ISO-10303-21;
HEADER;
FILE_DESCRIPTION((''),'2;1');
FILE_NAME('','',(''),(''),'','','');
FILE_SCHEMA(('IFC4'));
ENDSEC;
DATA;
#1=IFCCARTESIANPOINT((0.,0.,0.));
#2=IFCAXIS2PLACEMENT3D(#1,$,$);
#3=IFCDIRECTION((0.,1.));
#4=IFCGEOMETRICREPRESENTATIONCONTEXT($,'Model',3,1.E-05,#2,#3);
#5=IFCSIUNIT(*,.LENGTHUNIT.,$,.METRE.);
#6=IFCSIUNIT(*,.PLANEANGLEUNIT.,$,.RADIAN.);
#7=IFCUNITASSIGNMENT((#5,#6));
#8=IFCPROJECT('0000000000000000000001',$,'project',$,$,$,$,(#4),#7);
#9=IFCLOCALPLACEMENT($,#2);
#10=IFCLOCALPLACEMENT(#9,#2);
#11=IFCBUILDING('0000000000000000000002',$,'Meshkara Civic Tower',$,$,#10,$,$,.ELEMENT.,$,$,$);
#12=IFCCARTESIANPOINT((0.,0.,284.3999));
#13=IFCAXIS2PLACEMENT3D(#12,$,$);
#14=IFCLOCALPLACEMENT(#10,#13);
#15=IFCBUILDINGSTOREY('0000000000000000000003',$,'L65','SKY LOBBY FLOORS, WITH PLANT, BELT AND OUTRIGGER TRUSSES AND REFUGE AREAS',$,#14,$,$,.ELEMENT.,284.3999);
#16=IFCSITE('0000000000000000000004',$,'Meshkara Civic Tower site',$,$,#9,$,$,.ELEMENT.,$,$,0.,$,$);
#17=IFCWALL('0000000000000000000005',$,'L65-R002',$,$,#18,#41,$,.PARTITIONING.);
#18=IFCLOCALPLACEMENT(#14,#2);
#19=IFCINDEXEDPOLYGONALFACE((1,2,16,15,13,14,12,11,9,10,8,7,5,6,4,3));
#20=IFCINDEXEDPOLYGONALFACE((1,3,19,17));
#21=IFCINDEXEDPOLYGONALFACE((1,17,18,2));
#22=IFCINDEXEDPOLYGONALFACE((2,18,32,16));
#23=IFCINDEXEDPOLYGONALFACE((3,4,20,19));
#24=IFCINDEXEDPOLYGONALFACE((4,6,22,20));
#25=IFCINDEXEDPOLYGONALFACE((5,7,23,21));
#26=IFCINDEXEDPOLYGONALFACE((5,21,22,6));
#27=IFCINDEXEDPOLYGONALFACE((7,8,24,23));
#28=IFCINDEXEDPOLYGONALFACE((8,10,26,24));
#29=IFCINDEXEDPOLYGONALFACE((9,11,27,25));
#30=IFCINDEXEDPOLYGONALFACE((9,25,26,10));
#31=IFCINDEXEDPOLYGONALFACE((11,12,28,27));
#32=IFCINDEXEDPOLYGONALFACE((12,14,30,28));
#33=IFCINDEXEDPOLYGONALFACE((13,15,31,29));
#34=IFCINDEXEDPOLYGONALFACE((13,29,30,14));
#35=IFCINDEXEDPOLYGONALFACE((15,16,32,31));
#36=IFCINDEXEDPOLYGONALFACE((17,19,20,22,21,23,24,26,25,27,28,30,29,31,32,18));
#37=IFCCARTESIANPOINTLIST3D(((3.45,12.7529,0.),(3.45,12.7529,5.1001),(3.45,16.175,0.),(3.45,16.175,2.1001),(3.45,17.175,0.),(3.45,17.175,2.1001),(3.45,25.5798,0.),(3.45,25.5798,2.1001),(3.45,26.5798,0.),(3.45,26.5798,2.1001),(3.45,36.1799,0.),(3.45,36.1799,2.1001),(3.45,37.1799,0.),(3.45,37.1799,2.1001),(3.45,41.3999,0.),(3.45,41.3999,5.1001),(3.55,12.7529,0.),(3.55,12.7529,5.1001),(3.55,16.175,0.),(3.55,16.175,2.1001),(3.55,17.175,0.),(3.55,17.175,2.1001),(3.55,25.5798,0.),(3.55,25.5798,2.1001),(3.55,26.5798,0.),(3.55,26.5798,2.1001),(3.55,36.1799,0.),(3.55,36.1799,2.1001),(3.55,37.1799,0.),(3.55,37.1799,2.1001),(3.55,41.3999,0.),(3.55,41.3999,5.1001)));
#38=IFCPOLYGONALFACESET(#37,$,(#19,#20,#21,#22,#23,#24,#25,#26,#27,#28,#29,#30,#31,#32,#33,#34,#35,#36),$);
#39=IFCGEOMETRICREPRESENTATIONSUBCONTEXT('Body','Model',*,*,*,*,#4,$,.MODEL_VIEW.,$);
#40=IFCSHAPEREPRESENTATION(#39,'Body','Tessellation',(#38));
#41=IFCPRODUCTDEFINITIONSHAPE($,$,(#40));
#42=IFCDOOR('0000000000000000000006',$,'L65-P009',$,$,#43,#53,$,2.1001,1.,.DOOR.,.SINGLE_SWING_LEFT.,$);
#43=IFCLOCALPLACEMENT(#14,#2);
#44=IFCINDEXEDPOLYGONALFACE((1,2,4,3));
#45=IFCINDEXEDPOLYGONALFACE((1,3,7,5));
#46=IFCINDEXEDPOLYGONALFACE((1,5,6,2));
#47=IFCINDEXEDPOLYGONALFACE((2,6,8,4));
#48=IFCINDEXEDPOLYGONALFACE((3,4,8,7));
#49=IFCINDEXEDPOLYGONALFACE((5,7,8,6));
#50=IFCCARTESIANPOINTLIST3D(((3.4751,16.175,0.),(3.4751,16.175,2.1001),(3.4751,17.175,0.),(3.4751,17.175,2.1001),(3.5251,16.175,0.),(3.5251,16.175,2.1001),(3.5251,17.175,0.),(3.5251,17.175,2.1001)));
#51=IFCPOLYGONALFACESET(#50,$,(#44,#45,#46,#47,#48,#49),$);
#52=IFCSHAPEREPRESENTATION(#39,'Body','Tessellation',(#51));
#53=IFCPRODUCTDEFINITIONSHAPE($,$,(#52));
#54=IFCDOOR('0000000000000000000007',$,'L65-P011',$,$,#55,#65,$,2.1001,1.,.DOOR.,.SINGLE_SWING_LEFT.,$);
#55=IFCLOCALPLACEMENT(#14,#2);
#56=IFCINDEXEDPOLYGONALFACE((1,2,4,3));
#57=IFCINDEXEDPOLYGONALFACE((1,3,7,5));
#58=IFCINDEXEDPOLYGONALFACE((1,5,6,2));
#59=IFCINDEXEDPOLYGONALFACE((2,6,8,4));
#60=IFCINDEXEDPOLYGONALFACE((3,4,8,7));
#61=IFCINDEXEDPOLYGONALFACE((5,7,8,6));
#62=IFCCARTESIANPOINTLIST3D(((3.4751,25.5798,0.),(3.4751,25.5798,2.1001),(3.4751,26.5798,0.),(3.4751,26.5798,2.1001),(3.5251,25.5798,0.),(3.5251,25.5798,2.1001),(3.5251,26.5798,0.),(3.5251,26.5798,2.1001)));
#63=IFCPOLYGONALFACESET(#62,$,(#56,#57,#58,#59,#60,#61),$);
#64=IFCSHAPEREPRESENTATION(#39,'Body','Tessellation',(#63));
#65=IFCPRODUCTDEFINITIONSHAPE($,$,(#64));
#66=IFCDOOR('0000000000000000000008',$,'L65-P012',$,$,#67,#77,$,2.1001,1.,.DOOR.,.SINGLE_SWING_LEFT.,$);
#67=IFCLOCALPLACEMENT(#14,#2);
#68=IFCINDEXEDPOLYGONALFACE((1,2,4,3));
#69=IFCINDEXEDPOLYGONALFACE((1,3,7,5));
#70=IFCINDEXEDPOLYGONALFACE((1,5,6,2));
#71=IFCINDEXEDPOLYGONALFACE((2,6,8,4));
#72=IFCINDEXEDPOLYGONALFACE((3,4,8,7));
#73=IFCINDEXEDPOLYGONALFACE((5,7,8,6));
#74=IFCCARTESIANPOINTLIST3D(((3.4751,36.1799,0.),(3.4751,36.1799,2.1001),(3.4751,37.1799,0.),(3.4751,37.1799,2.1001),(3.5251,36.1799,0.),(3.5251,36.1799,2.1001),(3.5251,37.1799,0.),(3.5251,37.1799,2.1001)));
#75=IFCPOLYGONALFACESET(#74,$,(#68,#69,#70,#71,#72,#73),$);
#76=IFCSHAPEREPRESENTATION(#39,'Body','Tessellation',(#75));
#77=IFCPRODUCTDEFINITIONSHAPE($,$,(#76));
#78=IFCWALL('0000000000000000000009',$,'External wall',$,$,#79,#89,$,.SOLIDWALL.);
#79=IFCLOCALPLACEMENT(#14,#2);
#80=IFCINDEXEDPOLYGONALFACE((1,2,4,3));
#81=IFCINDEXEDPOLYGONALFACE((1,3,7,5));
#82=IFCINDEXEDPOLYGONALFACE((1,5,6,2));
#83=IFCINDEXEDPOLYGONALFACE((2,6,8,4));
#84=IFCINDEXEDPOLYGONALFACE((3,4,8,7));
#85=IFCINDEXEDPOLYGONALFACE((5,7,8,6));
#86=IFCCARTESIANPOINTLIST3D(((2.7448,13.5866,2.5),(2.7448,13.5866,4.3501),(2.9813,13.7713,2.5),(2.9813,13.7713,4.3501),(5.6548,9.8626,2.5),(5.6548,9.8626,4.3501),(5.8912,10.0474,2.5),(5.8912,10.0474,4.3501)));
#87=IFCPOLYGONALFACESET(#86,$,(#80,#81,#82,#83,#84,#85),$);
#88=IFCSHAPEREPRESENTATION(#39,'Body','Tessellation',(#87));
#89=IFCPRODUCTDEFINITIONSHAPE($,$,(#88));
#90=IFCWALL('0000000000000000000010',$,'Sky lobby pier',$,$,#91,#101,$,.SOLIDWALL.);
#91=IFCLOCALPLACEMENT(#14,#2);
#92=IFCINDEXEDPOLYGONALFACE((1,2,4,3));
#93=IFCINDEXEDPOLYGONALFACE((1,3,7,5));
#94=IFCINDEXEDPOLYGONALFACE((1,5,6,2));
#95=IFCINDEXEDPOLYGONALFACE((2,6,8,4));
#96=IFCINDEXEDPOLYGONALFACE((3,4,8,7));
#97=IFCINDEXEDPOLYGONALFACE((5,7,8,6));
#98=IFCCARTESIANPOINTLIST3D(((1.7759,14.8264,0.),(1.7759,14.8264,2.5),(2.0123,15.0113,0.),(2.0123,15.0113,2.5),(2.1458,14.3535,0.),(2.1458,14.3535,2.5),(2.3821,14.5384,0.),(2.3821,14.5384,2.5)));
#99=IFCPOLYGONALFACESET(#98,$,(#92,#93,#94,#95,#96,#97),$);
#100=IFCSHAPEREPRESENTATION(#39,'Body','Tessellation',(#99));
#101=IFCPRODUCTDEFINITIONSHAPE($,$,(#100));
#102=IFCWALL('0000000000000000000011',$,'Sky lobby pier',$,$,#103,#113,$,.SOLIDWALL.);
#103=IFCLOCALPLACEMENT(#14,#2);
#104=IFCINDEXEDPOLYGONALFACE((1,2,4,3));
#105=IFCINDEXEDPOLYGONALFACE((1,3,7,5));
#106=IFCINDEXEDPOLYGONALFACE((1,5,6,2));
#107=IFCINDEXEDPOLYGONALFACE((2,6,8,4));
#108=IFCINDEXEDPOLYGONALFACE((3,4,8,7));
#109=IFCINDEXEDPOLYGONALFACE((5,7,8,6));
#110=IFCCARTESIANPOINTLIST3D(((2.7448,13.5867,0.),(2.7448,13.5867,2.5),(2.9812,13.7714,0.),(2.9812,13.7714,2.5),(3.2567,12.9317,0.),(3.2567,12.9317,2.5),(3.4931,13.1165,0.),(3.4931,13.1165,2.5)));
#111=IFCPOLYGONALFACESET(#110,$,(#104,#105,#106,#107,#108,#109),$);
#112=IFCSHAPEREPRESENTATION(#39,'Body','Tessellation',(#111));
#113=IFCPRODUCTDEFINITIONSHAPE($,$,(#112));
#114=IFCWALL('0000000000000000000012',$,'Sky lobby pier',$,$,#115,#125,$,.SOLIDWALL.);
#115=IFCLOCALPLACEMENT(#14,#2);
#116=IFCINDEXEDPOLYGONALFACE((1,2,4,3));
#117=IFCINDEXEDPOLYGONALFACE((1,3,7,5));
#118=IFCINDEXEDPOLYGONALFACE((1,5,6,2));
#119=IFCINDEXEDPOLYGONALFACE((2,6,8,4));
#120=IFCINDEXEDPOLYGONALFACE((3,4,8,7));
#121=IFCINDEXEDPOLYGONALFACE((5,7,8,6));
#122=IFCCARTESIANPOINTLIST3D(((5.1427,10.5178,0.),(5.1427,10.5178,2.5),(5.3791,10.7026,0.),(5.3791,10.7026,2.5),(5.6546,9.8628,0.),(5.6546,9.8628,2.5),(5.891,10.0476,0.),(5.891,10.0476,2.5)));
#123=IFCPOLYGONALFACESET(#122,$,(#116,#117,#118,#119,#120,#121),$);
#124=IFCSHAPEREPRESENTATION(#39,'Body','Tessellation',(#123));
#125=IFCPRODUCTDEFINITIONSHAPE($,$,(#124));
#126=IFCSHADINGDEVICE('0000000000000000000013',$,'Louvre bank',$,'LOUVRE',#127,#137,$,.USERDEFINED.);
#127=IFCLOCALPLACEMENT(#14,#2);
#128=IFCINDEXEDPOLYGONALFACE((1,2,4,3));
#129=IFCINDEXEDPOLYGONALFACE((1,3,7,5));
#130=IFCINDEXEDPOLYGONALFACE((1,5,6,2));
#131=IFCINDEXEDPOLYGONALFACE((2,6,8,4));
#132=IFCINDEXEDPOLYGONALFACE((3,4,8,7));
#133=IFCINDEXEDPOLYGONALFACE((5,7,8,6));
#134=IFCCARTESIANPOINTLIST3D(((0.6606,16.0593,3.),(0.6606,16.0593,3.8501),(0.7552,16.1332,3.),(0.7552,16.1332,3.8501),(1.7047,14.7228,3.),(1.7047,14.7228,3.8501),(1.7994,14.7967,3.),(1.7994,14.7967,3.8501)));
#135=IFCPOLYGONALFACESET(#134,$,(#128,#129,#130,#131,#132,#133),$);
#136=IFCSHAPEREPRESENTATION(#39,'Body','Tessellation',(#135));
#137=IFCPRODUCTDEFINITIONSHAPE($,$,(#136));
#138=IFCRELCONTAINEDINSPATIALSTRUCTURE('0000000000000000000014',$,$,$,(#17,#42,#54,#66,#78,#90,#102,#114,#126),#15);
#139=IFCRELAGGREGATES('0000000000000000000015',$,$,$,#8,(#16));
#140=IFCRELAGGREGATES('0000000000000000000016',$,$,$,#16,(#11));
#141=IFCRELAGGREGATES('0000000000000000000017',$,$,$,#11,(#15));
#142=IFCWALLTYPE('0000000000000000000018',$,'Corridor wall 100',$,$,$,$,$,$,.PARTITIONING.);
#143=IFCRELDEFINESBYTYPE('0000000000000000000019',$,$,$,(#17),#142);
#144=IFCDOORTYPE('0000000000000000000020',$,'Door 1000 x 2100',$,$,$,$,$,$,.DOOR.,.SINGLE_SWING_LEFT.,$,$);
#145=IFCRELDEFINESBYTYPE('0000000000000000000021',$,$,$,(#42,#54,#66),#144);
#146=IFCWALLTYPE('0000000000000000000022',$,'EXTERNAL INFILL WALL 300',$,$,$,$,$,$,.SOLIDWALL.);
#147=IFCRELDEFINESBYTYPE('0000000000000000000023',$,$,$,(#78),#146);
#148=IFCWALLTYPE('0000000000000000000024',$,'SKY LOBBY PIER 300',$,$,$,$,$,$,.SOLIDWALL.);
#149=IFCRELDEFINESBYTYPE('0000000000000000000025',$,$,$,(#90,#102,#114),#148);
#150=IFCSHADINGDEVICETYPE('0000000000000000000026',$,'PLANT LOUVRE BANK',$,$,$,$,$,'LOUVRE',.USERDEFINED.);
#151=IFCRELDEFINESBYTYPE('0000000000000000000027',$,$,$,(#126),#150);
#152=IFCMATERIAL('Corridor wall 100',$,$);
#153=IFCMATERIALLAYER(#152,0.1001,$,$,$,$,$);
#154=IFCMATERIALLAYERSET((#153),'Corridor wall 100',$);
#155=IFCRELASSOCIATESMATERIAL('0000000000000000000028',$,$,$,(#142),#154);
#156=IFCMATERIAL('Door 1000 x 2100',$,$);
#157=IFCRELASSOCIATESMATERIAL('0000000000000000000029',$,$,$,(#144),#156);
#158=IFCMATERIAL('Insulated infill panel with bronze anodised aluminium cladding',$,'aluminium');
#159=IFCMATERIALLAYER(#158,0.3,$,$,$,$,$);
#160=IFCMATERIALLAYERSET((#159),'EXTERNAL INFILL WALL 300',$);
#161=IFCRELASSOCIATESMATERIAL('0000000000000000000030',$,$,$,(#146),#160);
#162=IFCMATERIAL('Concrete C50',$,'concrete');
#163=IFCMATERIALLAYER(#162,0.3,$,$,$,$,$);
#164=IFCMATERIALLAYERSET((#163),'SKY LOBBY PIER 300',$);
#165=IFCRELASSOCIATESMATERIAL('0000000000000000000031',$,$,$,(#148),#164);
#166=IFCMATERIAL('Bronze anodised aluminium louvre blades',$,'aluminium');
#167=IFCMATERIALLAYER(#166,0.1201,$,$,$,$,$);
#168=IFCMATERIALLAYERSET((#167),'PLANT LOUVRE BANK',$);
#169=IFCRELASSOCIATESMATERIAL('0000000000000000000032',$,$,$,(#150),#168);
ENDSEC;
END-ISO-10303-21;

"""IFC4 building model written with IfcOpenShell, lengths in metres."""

from ifc_helpers import new_model, si_unit, direction, frame, frame_2d, origin, origin_2d, place, context, subcontext, project, spatial, rectangle, extrude, material, layer, layer_set, type_object, element, fill, save


model = new_model("IFC4")

# Units and contexts
model_context = context("Model", 3, precision=1e-05, world=origin(), true_north=direction((0.0, 1.0)))
body_context = subcontext(model_context, "Body", "Model", "MODEL_VIEW")
ifc_project = project(units=[si_unit("LENGTHUNIT", "METRE"), si_unit("PLANEANGLEUNIT", "RADIAN")], contexts=[model_context])

# Site, building, storey
site_placement = place(None, origin())
site = spatial("IfcSite", under=ifc_project, at=site_placement, Name="Meshkara Civic Tower site", CompositionType="ELEMENT", RefElevation=0.0)
building_placement = place(site_placement, origin())
building = spatial("IfcBuilding", under=site, at=building_placement, Name="Meshkara Civic Tower", CompositionType="ELEMENT")
storey_placement = place(building_placement, frame((0.0, 0.0, 284.3999)))
storey = spatial("IfcBuildingStorey", under=building, at=storey_placement, Name="L65", Description="SKY LOBBY FLOORS, WITH PLANT, BELT AND OUTRIGGER TRUSSES AND REFUGE AREAS", CompositionType="ELEMENT", Elevation=284.3999)

# Wall, openings, doors
ifc_material_1 = material(Name="Corridor wall 100")
ifc_layer_1 = layer(ifc_material_1, 0.1001)
ifc_layer_set_1 = layer_set([ifc_layer_1], Name="Corridor wall 100")
wall_type_1 = type_object("IfcWallType", Name="Corridor wall 100", PredefinedType="PARTITIONING", material=ifc_layer_set_1)
wall_1_placement = place(storey_placement, frame((3.5, 12.7529, 0.0), z_axis=(0.0, 0.0, 1.0), x_axis=(0.0, 1.0, 0.0)))
wall_1 = element("IfcWall", 1, at=wall_1_placement, inside=storey, type_object=wall_type_1, Name="L65-R002", PredefinedType="PARTITIONING", context=body_context, shape_type="SweptSolid", body=[
    extrude(rectangle(XDim=28.647, YDim=0.1001, at=frame_2d((14.3235, 0.0))), origin(), (0.0, 0.0, 1.0), 5.1001),
])
opening_1_placement = place(wall_1_placement, frame((3.4221, 0.0, 0.0)))
opening_1 = element("IfcOpeningElement", 2, at=opening_1_placement, cuts=wall_1, PredefinedType="OPENING", context=body_context, shape_type="SweptSolid", body=[
    extrude(rectangle(XDim=1.0, YDim=2.1001, at=frame_2d((0.5, 1.05))), frame((0.0, 0.0601, 0.0), z_axis=(0.0, -1.0, 0.0), x_axis=(1.0, 0.0, 0.0)), (0.0, 0.0, 1.0), 0.1201),
])
opening_2_placement = place(wall_1_placement, frame((12.8269, 0.0, 0.0)))
opening_2 = element("IfcOpeningElement", 3, at=opening_2_placement, cuts=wall_1, PredefinedType="OPENING", context=body_context, shape_type="SweptSolid", body=[
    extrude(rectangle(XDim=1.0, YDim=2.1001, at=frame_2d((0.5, 1.05))), frame((0.0, 0.0601, 0.0), z_axis=(0.0, -1.0, 0.0), x_axis=(1.0, 0.0, 0.0)), (0.0, 0.0, 1.0), 0.1201),
])
opening_3_placement = place(wall_1_placement, frame((23.427, 0.0, 0.0)))
opening_3 = element("IfcOpeningElement", 4, at=opening_3_placement, cuts=wall_1, PredefinedType="OPENING", context=body_context, shape_type="SweptSolid", body=[
    extrude(rectangle(XDim=1.0, YDim=2.1001, at=frame_2d((0.5, 1.05))), frame((0.0, 0.0601, 0.0), z_axis=(0.0, -1.0, 0.0), x_axis=(1.0, 0.0, 0.0)), (0.0, 0.0, 1.0), 0.1201),
])
ifc_material_2 = material(Name="Door 1000 x 2100")
door_type_1 = type_object("IfcDoorType", Name="Door 1000 x 2100", OperationType="SINGLE_SWING_LEFT", PredefinedType="DOOR", material=ifc_material_2)
door_1_placement = place(opening_1_placement, origin())
door_1 = element("IfcDoor", 5, at=door_1_placement, inside=storey, type_object=door_type_1, Name="L65-P009", OperationType="SINGLE_SWING_LEFT", OverallHeight=2.1001, OverallWidth=1.0, PredefinedType="DOOR", context=body_context, shape_type="SweptSolid", body=[
    extrude(rectangle(XDim=1.0, YDim=2.1001, at=frame_2d((0.5, 1.05))), frame((0.0, 0.0249, 0.0), z_axis=(0.0, -1.0, 0.0), x_axis=(1.0, 0.0, 0.0)), (0.0, 0.0, 1.0), 0.05),
])
fill(opening_1, door_1)
door_2_placement = place(opening_2_placement, origin())
door_2 = element("IfcDoor", 6, at=door_2_placement, inside=storey, type_object=door_type_1, Name="L65-P011", OperationType="SINGLE_SWING_LEFT", OverallHeight=2.1001, OverallWidth=1.0, PredefinedType="DOOR", context=body_context, shape_type="SweptSolid", body=[
    extrude(rectangle(XDim=1.0, YDim=2.1001, at=frame_2d((0.5, 1.05))), frame((0.0, 0.0249, 0.0), z_axis=(0.0, -1.0, 0.0), x_axis=(1.0, 0.0, 0.0)), (0.0, 0.0, 1.0), 0.05),
])
fill(opening_2, door_2)
door_3_placement = place(opening_3_placement, origin())
door_3 = element("IfcDoor", 7, at=door_3_placement, inside=storey, type_object=door_type_1, Name="L65-P012", OperationType="SINGLE_SWING_LEFT", OverallHeight=2.1001, OverallWidth=1.0, PredefinedType="DOOR", context=body_context, shape_type="SweptSolid", body=[
    extrude(rectangle(XDim=1.0, YDim=2.1001, at=frame_2d((0.5, 1.05))), frame((0.0, 0.0249, 0.0), z_axis=(0.0, -1.0, 0.0), x_axis=(1.0, 0.0, 0.0)), (0.0, 0.0, 1.0), 0.05),
])
fill(opening_3, door_3)

# Walls
ifc_material_3 = material(Name="Insulated infill panel with bronze anodised aluminium cladding", Category="aluminium")
ifc_layer_2 = layer(ifc_material_3, 0.3)
ifc_layer_set_2 = layer_set([ifc_layer_2], Name="EXTERNAL INFILL WALL 300")
wall_type_2 = type_object("IfcWallType", Name="EXTERNAL INFILL WALL 300", PredefinedType="SOLIDWALL", material=ifc_layer_set_2)
wall_2_placement = place(storey_placement, frame((2.863, 13.679, 2.5), z_axis=(0.0, 0.0, 1.0), x_axis=(0.615727, -0.787959, 0.0)))
element("IfcWall", 8, at=wall_2_placement, inside=storey, type_object=wall_type_2, Name="External wall", PredefinedType="SOLIDWALL", context=body_context, shape_type="SweptSolid", body=[
    extrude(rectangle(XDim=4.7261, YDim=0.3, at=frame_2d((2.363, 0.0))), origin(), (0.0, 0.0, 1.0), 1.8501),
])
ifc_material_4 = material(Name="Concrete C50", Category="concrete")
ifc_layer_3 = layer(ifc_material_4, 0.3)
ifc_layer_set_3 = layer_set([ifc_layer_3], Name="SKY LOBBY PIER 300")
wall_type_3 = type_object("IfcWallType", Name="SKY LOBBY PIER 300", PredefinedType="SOLIDWALL", material=ifc_layer_set_3)
wall_3_placement = place(storey_placement, frame((1.894, 14.9189, 0.0), z_axis=(0.0, 0.0, 1.0), x_axis=(0.616078, -0.787685, 0.0)))
element("IfcWall", 9, at=wall_3_placement, inside=storey, type_object=wall_type_3, Name="Sky lobby pier", PredefinedType="SOLIDWALL", context=body_context, shape_type="SweptSolid", body=[
    extrude(rectangle(XDim=0.6003, YDim=0.3, at=frame_2d((0.3003, 0.0))), origin(), (0.0, 0.0, 1.0), 2.5),
])
for number, where, z_axis, x_axis, name in (
    (10, (2.863, 13.679, 0.0), (0.0, 0.0, 1.0), (0.615809, -0.787895, 0.0), "Sky lobby pier"),
    (11, (5.261, 10.6101, 0.0), (0.0, 0.0, 1.0), (0.615809, -0.787895, 0.0), "Sky lobby pier"),
):
    element("IfcWall", number, at=place(storey_placement, frame(where, z_axis=z_axis, x_axis=x_axis)), inside=storey, type_object=wall_type_3, Name=name, PredefinedType="SOLIDWALL", context=body_context, shape_type="SweptSolid", body=[
        extrude(rectangle(XDim=0.8313, YDim=0.3, at=frame_2d((0.4155, 0.0))), origin(), (0.0, 0.0, 1.0), 2.5),
    ])

# Shading device
ifc_material_5 = material(Name="Bronze anodised aluminium louvre blades", Category="aluminium")
ifc_layer_4 = layer(ifc_material_5, 0.1201)
ifc_layer_set_4 = layer_set([ifc_layer_4], Name="PLANT LOUVRE BANK")
shading_device_type = type_object("IfcShadingDeviceType", Name="PLANT LOUVRE BANK", ElementType="LOUVRE", PredefinedType="USERDEFINED", material=ifc_layer_set_4)
shading_device_placement = place(storey_placement, frame((1.23, 15.428, 3.0), z_axis=(0.0, 0.0, 1.0), x_axis=(0.615661, -0.788011, 0.0)))
element("IfcShadingDevice", 12, at=shading_device_placement, inside=storey, type_object=shading_device_type, Name="Louvre bank", ObjectType="LOUVRE", PredefinedType="USERDEFINED", context=body_context, shape_type="SweptSolid", body=[
    extrude(rectangle(XDim=1.696, YDim=0.1201, at=origin_2d()), origin(), (0.0, 0.0, 1.0), 0.8501),
])

save(model, "model.ifc")
